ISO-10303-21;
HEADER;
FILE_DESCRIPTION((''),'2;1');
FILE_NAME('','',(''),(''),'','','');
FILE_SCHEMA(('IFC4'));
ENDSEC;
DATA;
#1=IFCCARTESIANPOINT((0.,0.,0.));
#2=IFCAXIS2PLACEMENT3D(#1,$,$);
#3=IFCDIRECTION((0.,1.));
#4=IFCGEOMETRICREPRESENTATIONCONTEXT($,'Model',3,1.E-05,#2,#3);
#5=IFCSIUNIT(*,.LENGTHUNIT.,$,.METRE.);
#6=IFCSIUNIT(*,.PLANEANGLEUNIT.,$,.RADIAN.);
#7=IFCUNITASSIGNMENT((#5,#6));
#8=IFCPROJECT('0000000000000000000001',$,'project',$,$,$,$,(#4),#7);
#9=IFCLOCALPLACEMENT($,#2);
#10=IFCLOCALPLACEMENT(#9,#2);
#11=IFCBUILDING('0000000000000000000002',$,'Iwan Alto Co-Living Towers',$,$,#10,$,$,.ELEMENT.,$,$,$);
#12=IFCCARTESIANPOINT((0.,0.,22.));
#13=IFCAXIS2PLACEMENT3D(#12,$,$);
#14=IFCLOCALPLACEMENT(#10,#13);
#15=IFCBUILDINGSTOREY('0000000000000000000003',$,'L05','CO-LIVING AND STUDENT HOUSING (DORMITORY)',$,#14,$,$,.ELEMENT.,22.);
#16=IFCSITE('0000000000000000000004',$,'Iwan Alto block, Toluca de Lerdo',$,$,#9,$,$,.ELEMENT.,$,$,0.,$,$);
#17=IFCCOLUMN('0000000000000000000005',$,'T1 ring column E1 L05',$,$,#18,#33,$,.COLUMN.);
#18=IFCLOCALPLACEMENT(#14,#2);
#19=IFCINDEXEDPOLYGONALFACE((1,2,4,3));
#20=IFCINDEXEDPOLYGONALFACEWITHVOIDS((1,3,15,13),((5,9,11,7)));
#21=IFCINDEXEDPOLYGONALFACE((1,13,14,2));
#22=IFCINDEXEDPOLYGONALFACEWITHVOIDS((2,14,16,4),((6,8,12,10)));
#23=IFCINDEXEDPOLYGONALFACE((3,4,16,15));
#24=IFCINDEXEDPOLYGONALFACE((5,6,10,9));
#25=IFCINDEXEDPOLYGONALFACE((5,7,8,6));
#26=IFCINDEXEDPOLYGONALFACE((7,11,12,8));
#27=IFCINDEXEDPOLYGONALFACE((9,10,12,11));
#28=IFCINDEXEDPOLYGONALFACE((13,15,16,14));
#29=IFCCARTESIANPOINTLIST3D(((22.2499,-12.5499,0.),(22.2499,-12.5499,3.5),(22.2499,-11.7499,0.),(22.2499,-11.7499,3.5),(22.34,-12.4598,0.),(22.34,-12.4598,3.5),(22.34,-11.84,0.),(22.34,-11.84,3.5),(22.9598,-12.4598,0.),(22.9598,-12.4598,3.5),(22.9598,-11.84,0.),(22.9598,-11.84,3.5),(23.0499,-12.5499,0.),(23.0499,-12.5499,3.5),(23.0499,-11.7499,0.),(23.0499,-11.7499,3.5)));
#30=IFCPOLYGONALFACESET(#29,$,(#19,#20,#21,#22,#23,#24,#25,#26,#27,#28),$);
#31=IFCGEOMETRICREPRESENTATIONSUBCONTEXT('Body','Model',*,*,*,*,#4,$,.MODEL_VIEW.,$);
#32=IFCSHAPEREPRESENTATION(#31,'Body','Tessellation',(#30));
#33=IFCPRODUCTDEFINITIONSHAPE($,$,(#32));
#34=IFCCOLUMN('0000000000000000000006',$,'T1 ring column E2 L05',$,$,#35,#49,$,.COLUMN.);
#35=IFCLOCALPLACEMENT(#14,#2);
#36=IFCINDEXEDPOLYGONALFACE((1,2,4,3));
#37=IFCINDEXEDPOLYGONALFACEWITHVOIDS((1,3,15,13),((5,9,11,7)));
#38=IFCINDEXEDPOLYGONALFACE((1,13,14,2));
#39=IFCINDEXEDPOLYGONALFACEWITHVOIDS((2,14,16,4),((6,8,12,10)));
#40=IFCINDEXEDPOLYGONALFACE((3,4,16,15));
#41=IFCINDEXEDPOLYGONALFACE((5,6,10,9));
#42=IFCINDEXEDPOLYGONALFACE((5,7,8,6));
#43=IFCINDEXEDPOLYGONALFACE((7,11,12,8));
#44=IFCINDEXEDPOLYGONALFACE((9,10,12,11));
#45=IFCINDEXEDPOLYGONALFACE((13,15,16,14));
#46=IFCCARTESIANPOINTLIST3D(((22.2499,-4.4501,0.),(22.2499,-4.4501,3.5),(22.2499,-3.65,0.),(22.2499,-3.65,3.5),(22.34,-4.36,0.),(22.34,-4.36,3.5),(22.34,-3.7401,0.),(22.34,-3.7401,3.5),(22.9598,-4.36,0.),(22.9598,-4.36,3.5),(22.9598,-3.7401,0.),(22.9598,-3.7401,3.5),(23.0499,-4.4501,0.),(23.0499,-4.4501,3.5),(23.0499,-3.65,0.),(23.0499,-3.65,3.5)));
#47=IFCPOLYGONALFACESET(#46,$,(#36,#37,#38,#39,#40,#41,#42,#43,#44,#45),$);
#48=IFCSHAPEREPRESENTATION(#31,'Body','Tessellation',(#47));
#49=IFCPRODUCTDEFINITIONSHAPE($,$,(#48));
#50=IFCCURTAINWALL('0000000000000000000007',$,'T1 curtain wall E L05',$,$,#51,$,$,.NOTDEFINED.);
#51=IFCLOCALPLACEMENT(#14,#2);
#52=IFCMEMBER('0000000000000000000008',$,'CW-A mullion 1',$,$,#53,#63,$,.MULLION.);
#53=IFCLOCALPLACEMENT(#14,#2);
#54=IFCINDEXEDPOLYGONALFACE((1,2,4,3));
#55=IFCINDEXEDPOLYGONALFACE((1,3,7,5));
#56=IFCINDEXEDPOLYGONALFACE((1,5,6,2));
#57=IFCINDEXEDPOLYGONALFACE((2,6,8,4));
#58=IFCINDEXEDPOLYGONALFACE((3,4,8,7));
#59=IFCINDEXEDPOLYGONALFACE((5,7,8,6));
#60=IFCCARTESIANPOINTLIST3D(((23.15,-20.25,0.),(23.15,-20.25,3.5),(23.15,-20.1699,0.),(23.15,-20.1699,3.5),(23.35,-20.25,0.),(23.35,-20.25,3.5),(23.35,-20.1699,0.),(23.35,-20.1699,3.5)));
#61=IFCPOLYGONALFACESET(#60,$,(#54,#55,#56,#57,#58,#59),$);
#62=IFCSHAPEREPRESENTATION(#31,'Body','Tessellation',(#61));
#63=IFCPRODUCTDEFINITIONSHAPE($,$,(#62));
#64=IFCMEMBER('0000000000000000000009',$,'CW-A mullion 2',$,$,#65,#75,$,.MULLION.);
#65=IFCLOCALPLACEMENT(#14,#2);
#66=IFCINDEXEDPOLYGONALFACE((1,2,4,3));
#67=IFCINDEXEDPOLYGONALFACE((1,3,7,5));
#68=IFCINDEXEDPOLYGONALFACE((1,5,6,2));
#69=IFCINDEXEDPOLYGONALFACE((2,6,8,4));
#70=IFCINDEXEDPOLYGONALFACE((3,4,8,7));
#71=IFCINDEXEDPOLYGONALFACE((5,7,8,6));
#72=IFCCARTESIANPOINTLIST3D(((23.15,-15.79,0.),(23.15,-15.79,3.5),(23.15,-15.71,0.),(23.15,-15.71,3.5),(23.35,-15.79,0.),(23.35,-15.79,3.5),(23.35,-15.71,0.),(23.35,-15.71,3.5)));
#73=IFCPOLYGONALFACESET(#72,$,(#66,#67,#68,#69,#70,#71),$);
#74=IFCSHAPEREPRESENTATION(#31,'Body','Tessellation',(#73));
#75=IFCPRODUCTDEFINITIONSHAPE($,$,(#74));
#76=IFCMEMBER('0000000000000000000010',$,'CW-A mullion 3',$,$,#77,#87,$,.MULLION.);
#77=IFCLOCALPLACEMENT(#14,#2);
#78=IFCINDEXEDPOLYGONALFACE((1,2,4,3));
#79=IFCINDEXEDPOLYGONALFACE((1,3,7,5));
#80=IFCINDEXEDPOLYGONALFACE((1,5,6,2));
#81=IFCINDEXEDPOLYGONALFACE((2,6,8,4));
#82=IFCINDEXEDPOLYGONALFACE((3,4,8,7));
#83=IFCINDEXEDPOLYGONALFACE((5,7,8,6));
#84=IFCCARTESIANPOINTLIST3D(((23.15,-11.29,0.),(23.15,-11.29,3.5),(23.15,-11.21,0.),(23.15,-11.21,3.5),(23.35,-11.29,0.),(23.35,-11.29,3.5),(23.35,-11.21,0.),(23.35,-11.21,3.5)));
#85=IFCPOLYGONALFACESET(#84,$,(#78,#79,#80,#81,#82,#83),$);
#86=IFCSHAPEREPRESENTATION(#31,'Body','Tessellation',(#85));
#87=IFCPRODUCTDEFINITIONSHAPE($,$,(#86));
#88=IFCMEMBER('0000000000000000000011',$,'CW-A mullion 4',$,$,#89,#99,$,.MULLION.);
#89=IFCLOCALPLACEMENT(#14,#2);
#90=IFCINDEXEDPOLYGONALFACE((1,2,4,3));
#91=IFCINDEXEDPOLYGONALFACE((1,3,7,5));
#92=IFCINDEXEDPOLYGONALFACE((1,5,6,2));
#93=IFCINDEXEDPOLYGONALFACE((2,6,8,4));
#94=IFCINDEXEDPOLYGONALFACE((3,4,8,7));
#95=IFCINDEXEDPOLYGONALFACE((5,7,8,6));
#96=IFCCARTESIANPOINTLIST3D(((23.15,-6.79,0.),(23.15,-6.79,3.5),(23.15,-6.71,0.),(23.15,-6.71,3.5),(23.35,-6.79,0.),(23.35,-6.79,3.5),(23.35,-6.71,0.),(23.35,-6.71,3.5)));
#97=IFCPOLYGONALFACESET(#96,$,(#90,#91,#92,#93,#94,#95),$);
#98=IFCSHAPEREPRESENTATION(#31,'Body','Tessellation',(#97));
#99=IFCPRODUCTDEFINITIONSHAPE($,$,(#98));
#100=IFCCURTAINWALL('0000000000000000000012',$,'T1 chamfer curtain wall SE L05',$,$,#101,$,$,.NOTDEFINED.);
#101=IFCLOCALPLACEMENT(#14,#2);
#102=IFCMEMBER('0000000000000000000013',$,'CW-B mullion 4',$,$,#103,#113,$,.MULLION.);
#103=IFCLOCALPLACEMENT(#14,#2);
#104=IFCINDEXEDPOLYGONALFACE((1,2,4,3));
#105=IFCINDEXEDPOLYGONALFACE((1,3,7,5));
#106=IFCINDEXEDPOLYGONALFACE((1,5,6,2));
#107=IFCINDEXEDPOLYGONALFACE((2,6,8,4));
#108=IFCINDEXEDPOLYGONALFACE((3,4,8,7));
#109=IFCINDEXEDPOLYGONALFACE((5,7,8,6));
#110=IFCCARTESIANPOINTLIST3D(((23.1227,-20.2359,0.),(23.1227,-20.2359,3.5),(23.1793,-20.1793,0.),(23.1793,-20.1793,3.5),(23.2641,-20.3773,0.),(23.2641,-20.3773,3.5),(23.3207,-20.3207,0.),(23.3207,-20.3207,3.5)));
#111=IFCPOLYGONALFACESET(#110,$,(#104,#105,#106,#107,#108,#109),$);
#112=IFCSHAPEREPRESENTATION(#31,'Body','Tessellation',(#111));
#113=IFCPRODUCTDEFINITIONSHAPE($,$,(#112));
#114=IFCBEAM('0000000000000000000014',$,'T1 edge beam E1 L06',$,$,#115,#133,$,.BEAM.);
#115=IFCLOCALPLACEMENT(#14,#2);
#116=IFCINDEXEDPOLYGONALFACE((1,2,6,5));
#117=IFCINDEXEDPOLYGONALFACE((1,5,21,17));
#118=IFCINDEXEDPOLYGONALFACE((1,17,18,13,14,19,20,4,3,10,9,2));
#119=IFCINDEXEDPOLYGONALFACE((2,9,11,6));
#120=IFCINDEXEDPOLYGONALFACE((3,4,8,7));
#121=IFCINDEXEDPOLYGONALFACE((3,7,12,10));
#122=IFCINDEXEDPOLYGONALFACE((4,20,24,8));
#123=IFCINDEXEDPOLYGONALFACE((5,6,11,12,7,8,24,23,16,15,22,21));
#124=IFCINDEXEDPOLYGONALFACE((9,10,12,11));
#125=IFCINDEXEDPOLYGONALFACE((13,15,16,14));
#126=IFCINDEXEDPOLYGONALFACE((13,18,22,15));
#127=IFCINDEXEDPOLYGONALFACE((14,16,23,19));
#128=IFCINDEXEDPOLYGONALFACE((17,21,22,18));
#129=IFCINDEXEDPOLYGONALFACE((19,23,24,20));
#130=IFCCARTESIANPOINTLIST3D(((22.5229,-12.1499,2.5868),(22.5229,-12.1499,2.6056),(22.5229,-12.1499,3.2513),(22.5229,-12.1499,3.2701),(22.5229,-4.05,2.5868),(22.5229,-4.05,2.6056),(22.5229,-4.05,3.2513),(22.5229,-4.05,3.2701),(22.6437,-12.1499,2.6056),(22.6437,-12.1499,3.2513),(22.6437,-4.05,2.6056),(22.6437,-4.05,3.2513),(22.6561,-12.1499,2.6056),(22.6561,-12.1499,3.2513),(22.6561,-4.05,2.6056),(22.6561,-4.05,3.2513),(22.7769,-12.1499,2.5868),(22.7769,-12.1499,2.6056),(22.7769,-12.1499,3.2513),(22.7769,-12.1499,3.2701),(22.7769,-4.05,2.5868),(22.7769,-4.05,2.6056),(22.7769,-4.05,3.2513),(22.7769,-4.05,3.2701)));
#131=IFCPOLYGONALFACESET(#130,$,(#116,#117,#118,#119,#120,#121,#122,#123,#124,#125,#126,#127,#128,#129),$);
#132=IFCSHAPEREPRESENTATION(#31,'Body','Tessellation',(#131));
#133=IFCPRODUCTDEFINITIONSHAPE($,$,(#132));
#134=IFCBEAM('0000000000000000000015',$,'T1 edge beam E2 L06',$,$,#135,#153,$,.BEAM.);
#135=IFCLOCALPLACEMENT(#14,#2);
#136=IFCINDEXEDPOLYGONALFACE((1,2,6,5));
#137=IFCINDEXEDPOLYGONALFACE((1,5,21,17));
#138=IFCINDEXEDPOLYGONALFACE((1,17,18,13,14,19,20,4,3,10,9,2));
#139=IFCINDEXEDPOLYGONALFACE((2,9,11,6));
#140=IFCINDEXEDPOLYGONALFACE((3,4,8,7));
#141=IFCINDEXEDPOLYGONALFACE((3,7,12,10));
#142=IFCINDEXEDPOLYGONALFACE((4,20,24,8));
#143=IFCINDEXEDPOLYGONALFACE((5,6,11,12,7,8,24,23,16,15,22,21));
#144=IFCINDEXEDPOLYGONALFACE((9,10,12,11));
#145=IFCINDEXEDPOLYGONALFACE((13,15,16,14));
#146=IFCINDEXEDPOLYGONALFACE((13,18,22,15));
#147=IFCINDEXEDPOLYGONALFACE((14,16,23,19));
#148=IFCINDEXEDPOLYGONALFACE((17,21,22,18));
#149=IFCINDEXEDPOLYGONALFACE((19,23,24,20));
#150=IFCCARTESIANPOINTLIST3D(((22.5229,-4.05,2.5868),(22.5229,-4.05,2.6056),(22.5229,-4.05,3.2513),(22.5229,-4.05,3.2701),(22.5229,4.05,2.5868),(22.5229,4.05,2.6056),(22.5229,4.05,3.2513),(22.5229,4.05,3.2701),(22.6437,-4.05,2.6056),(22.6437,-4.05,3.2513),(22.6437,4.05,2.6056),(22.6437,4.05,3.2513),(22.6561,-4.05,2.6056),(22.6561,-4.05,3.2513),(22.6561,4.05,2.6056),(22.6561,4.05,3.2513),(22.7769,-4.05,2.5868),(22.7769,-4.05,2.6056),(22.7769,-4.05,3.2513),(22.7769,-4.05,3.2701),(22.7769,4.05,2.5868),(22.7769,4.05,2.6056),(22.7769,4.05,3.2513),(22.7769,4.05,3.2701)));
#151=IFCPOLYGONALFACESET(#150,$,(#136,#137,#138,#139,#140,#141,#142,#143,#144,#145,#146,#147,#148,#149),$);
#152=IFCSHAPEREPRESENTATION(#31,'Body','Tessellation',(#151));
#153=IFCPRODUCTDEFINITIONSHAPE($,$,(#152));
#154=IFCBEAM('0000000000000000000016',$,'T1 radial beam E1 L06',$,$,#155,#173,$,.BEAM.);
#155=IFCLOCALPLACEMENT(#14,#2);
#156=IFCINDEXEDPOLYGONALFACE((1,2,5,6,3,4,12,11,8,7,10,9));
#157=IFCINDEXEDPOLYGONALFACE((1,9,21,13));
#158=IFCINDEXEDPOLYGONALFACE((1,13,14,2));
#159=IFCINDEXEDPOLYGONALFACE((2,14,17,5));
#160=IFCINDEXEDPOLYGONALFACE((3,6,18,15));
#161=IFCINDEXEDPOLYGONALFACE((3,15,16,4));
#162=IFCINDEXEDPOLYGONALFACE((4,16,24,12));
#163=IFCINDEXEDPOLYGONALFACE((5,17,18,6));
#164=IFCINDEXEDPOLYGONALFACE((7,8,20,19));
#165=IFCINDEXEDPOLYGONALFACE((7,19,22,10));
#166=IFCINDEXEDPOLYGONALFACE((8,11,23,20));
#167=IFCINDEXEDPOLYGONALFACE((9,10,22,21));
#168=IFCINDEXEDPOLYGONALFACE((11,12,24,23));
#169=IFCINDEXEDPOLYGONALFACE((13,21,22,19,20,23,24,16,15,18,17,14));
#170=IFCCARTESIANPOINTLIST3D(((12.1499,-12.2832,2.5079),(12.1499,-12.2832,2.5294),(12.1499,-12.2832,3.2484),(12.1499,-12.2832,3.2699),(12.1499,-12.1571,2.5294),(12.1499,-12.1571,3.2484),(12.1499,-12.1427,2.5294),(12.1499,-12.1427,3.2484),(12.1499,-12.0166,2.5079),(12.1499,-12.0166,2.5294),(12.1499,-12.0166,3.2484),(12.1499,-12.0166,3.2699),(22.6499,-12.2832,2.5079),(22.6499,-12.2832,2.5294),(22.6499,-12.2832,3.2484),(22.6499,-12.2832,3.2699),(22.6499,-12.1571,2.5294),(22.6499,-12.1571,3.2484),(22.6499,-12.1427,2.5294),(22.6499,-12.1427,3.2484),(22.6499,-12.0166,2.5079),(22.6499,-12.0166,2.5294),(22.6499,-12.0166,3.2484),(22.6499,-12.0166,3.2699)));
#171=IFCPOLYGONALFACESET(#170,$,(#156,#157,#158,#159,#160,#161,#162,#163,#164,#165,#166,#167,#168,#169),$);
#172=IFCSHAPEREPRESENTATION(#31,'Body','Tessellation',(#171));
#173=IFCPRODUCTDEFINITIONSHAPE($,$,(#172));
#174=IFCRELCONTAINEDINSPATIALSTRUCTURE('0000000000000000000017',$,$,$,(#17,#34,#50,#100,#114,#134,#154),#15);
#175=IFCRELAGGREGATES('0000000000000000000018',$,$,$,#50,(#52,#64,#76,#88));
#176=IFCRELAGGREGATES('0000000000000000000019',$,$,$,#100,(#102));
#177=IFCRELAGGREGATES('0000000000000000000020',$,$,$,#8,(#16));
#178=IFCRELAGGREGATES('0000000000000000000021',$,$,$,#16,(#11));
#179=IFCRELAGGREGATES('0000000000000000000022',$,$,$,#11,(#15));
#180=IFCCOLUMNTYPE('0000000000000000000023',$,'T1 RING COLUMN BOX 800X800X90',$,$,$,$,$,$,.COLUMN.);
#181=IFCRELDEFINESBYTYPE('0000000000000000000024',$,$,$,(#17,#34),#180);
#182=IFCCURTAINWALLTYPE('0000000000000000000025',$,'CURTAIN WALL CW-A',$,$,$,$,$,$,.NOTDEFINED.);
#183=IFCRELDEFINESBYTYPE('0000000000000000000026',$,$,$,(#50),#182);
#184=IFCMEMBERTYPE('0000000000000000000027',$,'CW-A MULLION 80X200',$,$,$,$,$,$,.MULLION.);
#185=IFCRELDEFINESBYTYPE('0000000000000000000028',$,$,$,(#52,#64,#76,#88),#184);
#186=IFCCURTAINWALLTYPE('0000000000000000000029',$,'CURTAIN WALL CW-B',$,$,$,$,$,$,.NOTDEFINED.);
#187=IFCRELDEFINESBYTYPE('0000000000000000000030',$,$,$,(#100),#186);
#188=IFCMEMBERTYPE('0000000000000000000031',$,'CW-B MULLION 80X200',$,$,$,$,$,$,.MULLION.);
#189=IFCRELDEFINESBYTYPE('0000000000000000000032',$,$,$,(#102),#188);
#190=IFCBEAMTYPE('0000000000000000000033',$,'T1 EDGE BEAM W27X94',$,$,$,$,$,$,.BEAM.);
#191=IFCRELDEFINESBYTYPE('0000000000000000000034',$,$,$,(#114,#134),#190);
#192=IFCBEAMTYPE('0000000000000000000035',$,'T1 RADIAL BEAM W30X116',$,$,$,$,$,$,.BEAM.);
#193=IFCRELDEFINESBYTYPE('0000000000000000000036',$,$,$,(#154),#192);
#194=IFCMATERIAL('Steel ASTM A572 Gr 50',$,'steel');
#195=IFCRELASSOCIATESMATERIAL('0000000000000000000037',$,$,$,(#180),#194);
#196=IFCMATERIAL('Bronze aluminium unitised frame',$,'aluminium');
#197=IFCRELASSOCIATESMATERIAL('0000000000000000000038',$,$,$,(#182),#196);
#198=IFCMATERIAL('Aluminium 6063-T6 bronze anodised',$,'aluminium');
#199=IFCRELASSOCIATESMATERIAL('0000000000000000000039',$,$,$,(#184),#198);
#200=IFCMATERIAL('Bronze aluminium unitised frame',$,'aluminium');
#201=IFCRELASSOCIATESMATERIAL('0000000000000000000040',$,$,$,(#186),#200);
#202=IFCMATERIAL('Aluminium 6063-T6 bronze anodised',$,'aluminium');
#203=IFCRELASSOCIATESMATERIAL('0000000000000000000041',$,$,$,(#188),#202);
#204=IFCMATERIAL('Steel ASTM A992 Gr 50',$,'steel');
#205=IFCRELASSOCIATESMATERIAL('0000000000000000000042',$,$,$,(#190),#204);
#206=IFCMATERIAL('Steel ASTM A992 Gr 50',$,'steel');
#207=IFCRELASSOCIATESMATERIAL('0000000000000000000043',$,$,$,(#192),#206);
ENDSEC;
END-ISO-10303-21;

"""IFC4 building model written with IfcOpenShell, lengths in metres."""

from ifc_helpers import new_model, si_unit, direction, frame, origin, origin_2d, place, context, subcontext, project, spatial, rectangle, hollow_rectangle, i_section, extrude, material, material_profile, profile_set, type_object, element, aggregate, save


model = new_model("IFC4")

# Units and contexts
model_context = context("Model", 3, precision=1e-05, world=origin(), true_north=direction((0.0, 1.0)))
body_context = subcontext(model_context, "Body", "Model", "MODEL_VIEW")
ifc_project = project(units=[si_unit("LENGTHUNIT", "METRE"), si_unit("PLANEANGLEUNIT", "RADIAN")], contexts=[model_context])

# Site, building, storey
site_placement = place(None, origin())
site = spatial("IfcSite", under=ifc_project, at=site_placement, Name="Iwan Alto block, Toluca de Lerdo", CompositionType="ELEMENT", RefElevation=0.0)
building_placement = place(site_placement, origin())
building = spatial("IfcBuilding", under=site, at=building_placement, Name="Iwan Alto Co-Living Towers", CompositionType="ELEMENT")
storey_placement = place(building_placement, frame((0.0, 0.0, 22.0)))
storey = spatial("IfcBuildingStorey", under=building, at=storey_placement, Name="L05", Description="CO-LIVING AND STUDENT HOUSING (DORMITORY)", CompositionType="ELEMENT", Elevation=22.0)

# Columns
ifc_material_1 = material(Name="Steel ASTM A572 Gr 50", Category="steel")
ifc_material_profile_1 = material_profile(ifc_material_1, hollow_rectangle(XDim=0.8, YDim=0.8, WallThickness=0.0901, at=origin_2d()), Name="BOX 800X800X90")
ifc_profile_set_1 = profile_set([ifc_material_profile_1], Name="Steel ASTM A572 Gr 50")
column_type = type_object("IfcColumnType", Name="T1 RING COLUMN BOX 800X800X90", PredefinedType="COLUMN", material=ifc_profile_set_1)
for number, where, z_axis, x_axis, name in (
    (1, (22.6499, -12.1499, 0.0), (0.0, 0.0, 1.0), (1.0, 0.0, 0.0), "T1 ring column E1 L05"),
    (2, (22.6499, -4.05, 0.0), (0.0, 0.0, 1.0), (1.0, 0.0, 0.0), "T1 ring column E2 L05"),
):
    element("IfcColumn", number, at=place(storey_placement, frame(where, z_axis=z_axis, x_axis=x_axis)), inside=storey, type_object=column_type, Name=name, PredefinedType="COLUMN", context=body_context, shape_type="SweptSolid", body=[
        extrude(hollow_rectangle(XDim=0.8, YDim=0.8, WallThickness=0.0901, at=origin_2d()), origin(), (0.0, 0.0, 1.0), 3.5),
    ])

# Curtain wall, members
ifc_material_2 = material(Name="Bronze aluminium unitised frame", Category="aluminium")
curtain_wall_type_1 = type_object("IfcCurtainWallType", Name="CURTAIN WALL CW-A", PredefinedType="NOTDEFINED", material=ifc_material_2)
curtain_wall_1_placement = place(storey_placement, origin())
curtain_wall_1 = element("IfcCurtainWall", 3, at=curtain_wall_1_placement, inside=storey, type_object=curtain_wall_type_1, Name="T1 curtain wall E L05", PredefinedType="NOTDEFINED")
ifc_material_3 = material(Name="Aluminium 6063-T6 bronze anodised", Category="aluminium")
ifc_material_profile_2 = material_profile(ifc_material_3, rectangle(XDim=0.2, YDim=0.0801, at=origin_2d()), Name="AL 80X200")
ifc_profile_set_2 = profile_set([ifc_material_profile_2], Name="Aluminium 6063-T6 bronze anodised")
member_type_1 = type_object("IfcMemberType", Name="CW-A MULLION 80X200", PredefinedType="MULLION", material=ifc_profile_set_2)
member_1_placement = place(storey_placement, frame((23.25, -20.21, 0.0), z_axis=(0.0, 0.0, 1.0), x_axis=(-1.0, 0.0, 0.0)))
member_1 = element("IfcMember", 4, at=member_1_placement, type_object=member_type_1, Name="CW-A mullion 1", PredefinedType="MULLION", context=body_context, shape_type="SweptSolid", body=[
    extrude(rectangle(XDim=0.2, YDim=0.0801, at=origin_2d()), origin(), (0.0, 0.0, 1.0), 3.5),
])
member_2_placement = place(storey_placement, frame((23.25, -15.75, 0.0), z_axis=(0.0, 0.0, 1.0), x_axis=(-1.0, 0.0, 0.0)))
member_2 = element("IfcMember", 5, at=member_2_placement, type_object=member_type_1, Name="CW-A mullion 2", PredefinedType="MULLION", context=body_context, shape_type="SweptSolid", body=[
    extrude(rectangle(XDim=0.2, YDim=0.0801, at=origin_2d()), origin(), (0.0, 0.0, 1.0), 3.5),
])
member_3_placement = place(storey_placement, frame((23.25, -11.25, 0.0), z_axis=(0.0, 0.0, 1.0), x_axis=(-1.0, 0.0, 0.0)))
member_3 = element("IfcMember", 6, at=member_3_placement, type_object=member_type_1, Name="CW-A mullion 3", PredefinedType="MULLION", context=body_context, shape_type="SweptSolid", body=[
    extrude(rectangle(XDim=0.2, YDim=0.0801, at=origin_2d()), origin(), (0.0, 0.0, 1.0), 3.5),
])
member_4_placement = place(storey_placement, frame((23.25, -6.75, 0.0), z_axis=(0.0, 0.0, 1.0), x_axis=(-1.0, 0.0, 0.0)))
member_4 = element("IfcMember", 7, at=member_4_placement, type_object=member_type_1, Name="CW-A mullion 4", PredefinedType="MULLION", context=body_context, shape_type="SweptSolid", body=[
    extrude(rectangle(XDim=0.2, YDim=0.0801, at=origin_2d()), origin(), (0.0, 0.0, 1.0), 3.5),
])
aggregate(curtain_wall_1, [member_1, member_2, member_3, member_4])

# Curtain wall, member
ifc_material_4 = material(Name="Bronze aluminium unitised frame", Category="aluminium")
curtain_wall_type_2 = type_object("IfcCurtainWallType", Name="CURTAIN WALL CW-B", PredefinedType="NOTDEFINED", material=ifc_material_4)
curtain_wall_2_placement = place(storey_placement, origin())
curtain_wall_2 = element("IfcCurtainWall", 8, at=curtain_wall_2_placement, inside=storey, type_object=curtain_wall_type_2, Name="T1 chamfer curtain wall SE L05", PredefinedType="NOTDEFINED")
ifc_material_5 = material(Name="Aluminium 6063-T6 bronze anodised", Category="aluminium")
ifc_material_profile_3 = material_profile(ifc_material_5, rectangle(XDim=0.2, YDim=0.0801, at=origin_2d()), Name="AL 80X200")
ifc_profile_set_3 = profile_set([ifc_material_profile_3], Name="Aluminium 6063-T6 bronze anodised")
member_type_2 = type_object("IfcMemberType", Name="CW-B MULLION 80X200", PredefinedType="MULLION", material=ifc_profile_set_3)
member_5_placement = place(storey_placement, frame((23.2217, -20.2783, 0.0), z_axis=(0.0, 0.0, 1.0), x_axis=(-0.707107, 0.707107, 0.0)))
member_5 = element("IfcMember", 9, at=member_5_placement, type_object=member_type_2, Name="CW-B mullion 4", PredefinedType="MULLION", context=body_context, shape_type="SweptSolid", body=[
    extrude(rectangle(XDim=0.2, YDim=0.0801, at=origin_2d()), origin(), (0.0, 0.0, 1.0), 3.5),
])
aggregate(curtain_wall_2, [member_5])

# Beams
ifc_material_6 = material(Name="Steel ASTM A992 Gr 50", Category="steel")
ifc_material_profile_4 = material_profile(ifc_material_6, i_section(OverallWidth=0.2539, OverallDepth=0.6833, WebThickness=0.0125, FlangeThickness=0.0188, at=origin_2d()), Name="W27X94")
ifc_profile_set_4 = profile_set([ifc_material_profile_4], Name="Steel ASTM A992 Gr 50")
beam_type_1 = type_object("IfcBeamType", Name="T1 EDGE BEAM W27X94", PredefinedType="BEAM", material=ifc_profile_set_4)
beam_1_placement = place(storey_placement, frame((22.6499, -12.1499, 2.9285), z_axis=(0.0, 1.0, 0.0), x_axis=(-1.0, 0.0, 0.0)))
element("IfcBeam", 10, at=beam_1_placement, inside=storey, type_object=beam_type_1, Name="T1 edge beam E1 L06", PredefinedType="BEAM", context=body_context, shape_type="SweptSolid", body=[
    extrude(i_section(OverallWidth=0.2539, OverallDepth=0.6833, WebThickness=0.0125, FlangeThickness=0.0188, at=origin_2d()), origin(), (0.0, 0.0, 1.0), 8.0999),
])
beam_2_placement = place(storey_placement, frame((22.6499, -4.05, 2.9285), z_axis=(0.0, 1.0, 0.0), x_axis=(-1.0, 0.0, 0.0)))
element("IfcBeam", 11, at=beam_2_placement, inside=storey, type_object=beam_type_1, Name="T1 edge beam E2 L06", PredefinedType="BEAM", context=body_context, shape_type="SweptSolid", body=[
    extrude(i_section(OverallWidth=0.2539, OverallDepth=0.6833, WebThickness=0.0125, FlangeThickness=0.0188, at=origin_2d()), origin(), (0.0, 0.0, 1.0), 8.1001),
])
ifc_material_7 = material(Name="Steel ASTM A992 Gr 50", Category="steel")
ifc_material_profile_5 = material_profile(ifc_material_7, i_section(OverallWidth=0.2666, OverallDepth=0.762, WebThickness=0.0144, FlangeThickness=0.0215, at=origin_2d()), Name="W30X116")
ifc_profile_set_5 = profile_set([ifc_material_profile_5], Name="Steel ASTM A992 Gr 50")
beam_type_2 = type_object("IfcBeamType", Name="T1 RADIAL BEAM W30X116", PredefinedType="BEAM", material=ifc_profile_set_5)
beam_3_placement = place(storey_placement, frame((22.6499, -12.1499, 2.8889), z_axis=(-1.0, 0.0, 0.0), x_axis=(0.0, -1.0, 0.0)))
element("IfcBeam", 12, at=beam_3_placement, inside=storey, type_object=beam_type_2, Name="T1 radial beam E1 L06", PredefinedType="BEAM", context=body_context, shape_type="SweptSolid", body=[
    extrude(i_section(OverallWidth=0.2666, OverallDepth=0.762, WebThickness=0.0144, FlangeThickness=0.0215, at=origin_2d()), origin(), (0.0, 0.0, 1.0), 10.5),
])

save(model, "model.ifc")
